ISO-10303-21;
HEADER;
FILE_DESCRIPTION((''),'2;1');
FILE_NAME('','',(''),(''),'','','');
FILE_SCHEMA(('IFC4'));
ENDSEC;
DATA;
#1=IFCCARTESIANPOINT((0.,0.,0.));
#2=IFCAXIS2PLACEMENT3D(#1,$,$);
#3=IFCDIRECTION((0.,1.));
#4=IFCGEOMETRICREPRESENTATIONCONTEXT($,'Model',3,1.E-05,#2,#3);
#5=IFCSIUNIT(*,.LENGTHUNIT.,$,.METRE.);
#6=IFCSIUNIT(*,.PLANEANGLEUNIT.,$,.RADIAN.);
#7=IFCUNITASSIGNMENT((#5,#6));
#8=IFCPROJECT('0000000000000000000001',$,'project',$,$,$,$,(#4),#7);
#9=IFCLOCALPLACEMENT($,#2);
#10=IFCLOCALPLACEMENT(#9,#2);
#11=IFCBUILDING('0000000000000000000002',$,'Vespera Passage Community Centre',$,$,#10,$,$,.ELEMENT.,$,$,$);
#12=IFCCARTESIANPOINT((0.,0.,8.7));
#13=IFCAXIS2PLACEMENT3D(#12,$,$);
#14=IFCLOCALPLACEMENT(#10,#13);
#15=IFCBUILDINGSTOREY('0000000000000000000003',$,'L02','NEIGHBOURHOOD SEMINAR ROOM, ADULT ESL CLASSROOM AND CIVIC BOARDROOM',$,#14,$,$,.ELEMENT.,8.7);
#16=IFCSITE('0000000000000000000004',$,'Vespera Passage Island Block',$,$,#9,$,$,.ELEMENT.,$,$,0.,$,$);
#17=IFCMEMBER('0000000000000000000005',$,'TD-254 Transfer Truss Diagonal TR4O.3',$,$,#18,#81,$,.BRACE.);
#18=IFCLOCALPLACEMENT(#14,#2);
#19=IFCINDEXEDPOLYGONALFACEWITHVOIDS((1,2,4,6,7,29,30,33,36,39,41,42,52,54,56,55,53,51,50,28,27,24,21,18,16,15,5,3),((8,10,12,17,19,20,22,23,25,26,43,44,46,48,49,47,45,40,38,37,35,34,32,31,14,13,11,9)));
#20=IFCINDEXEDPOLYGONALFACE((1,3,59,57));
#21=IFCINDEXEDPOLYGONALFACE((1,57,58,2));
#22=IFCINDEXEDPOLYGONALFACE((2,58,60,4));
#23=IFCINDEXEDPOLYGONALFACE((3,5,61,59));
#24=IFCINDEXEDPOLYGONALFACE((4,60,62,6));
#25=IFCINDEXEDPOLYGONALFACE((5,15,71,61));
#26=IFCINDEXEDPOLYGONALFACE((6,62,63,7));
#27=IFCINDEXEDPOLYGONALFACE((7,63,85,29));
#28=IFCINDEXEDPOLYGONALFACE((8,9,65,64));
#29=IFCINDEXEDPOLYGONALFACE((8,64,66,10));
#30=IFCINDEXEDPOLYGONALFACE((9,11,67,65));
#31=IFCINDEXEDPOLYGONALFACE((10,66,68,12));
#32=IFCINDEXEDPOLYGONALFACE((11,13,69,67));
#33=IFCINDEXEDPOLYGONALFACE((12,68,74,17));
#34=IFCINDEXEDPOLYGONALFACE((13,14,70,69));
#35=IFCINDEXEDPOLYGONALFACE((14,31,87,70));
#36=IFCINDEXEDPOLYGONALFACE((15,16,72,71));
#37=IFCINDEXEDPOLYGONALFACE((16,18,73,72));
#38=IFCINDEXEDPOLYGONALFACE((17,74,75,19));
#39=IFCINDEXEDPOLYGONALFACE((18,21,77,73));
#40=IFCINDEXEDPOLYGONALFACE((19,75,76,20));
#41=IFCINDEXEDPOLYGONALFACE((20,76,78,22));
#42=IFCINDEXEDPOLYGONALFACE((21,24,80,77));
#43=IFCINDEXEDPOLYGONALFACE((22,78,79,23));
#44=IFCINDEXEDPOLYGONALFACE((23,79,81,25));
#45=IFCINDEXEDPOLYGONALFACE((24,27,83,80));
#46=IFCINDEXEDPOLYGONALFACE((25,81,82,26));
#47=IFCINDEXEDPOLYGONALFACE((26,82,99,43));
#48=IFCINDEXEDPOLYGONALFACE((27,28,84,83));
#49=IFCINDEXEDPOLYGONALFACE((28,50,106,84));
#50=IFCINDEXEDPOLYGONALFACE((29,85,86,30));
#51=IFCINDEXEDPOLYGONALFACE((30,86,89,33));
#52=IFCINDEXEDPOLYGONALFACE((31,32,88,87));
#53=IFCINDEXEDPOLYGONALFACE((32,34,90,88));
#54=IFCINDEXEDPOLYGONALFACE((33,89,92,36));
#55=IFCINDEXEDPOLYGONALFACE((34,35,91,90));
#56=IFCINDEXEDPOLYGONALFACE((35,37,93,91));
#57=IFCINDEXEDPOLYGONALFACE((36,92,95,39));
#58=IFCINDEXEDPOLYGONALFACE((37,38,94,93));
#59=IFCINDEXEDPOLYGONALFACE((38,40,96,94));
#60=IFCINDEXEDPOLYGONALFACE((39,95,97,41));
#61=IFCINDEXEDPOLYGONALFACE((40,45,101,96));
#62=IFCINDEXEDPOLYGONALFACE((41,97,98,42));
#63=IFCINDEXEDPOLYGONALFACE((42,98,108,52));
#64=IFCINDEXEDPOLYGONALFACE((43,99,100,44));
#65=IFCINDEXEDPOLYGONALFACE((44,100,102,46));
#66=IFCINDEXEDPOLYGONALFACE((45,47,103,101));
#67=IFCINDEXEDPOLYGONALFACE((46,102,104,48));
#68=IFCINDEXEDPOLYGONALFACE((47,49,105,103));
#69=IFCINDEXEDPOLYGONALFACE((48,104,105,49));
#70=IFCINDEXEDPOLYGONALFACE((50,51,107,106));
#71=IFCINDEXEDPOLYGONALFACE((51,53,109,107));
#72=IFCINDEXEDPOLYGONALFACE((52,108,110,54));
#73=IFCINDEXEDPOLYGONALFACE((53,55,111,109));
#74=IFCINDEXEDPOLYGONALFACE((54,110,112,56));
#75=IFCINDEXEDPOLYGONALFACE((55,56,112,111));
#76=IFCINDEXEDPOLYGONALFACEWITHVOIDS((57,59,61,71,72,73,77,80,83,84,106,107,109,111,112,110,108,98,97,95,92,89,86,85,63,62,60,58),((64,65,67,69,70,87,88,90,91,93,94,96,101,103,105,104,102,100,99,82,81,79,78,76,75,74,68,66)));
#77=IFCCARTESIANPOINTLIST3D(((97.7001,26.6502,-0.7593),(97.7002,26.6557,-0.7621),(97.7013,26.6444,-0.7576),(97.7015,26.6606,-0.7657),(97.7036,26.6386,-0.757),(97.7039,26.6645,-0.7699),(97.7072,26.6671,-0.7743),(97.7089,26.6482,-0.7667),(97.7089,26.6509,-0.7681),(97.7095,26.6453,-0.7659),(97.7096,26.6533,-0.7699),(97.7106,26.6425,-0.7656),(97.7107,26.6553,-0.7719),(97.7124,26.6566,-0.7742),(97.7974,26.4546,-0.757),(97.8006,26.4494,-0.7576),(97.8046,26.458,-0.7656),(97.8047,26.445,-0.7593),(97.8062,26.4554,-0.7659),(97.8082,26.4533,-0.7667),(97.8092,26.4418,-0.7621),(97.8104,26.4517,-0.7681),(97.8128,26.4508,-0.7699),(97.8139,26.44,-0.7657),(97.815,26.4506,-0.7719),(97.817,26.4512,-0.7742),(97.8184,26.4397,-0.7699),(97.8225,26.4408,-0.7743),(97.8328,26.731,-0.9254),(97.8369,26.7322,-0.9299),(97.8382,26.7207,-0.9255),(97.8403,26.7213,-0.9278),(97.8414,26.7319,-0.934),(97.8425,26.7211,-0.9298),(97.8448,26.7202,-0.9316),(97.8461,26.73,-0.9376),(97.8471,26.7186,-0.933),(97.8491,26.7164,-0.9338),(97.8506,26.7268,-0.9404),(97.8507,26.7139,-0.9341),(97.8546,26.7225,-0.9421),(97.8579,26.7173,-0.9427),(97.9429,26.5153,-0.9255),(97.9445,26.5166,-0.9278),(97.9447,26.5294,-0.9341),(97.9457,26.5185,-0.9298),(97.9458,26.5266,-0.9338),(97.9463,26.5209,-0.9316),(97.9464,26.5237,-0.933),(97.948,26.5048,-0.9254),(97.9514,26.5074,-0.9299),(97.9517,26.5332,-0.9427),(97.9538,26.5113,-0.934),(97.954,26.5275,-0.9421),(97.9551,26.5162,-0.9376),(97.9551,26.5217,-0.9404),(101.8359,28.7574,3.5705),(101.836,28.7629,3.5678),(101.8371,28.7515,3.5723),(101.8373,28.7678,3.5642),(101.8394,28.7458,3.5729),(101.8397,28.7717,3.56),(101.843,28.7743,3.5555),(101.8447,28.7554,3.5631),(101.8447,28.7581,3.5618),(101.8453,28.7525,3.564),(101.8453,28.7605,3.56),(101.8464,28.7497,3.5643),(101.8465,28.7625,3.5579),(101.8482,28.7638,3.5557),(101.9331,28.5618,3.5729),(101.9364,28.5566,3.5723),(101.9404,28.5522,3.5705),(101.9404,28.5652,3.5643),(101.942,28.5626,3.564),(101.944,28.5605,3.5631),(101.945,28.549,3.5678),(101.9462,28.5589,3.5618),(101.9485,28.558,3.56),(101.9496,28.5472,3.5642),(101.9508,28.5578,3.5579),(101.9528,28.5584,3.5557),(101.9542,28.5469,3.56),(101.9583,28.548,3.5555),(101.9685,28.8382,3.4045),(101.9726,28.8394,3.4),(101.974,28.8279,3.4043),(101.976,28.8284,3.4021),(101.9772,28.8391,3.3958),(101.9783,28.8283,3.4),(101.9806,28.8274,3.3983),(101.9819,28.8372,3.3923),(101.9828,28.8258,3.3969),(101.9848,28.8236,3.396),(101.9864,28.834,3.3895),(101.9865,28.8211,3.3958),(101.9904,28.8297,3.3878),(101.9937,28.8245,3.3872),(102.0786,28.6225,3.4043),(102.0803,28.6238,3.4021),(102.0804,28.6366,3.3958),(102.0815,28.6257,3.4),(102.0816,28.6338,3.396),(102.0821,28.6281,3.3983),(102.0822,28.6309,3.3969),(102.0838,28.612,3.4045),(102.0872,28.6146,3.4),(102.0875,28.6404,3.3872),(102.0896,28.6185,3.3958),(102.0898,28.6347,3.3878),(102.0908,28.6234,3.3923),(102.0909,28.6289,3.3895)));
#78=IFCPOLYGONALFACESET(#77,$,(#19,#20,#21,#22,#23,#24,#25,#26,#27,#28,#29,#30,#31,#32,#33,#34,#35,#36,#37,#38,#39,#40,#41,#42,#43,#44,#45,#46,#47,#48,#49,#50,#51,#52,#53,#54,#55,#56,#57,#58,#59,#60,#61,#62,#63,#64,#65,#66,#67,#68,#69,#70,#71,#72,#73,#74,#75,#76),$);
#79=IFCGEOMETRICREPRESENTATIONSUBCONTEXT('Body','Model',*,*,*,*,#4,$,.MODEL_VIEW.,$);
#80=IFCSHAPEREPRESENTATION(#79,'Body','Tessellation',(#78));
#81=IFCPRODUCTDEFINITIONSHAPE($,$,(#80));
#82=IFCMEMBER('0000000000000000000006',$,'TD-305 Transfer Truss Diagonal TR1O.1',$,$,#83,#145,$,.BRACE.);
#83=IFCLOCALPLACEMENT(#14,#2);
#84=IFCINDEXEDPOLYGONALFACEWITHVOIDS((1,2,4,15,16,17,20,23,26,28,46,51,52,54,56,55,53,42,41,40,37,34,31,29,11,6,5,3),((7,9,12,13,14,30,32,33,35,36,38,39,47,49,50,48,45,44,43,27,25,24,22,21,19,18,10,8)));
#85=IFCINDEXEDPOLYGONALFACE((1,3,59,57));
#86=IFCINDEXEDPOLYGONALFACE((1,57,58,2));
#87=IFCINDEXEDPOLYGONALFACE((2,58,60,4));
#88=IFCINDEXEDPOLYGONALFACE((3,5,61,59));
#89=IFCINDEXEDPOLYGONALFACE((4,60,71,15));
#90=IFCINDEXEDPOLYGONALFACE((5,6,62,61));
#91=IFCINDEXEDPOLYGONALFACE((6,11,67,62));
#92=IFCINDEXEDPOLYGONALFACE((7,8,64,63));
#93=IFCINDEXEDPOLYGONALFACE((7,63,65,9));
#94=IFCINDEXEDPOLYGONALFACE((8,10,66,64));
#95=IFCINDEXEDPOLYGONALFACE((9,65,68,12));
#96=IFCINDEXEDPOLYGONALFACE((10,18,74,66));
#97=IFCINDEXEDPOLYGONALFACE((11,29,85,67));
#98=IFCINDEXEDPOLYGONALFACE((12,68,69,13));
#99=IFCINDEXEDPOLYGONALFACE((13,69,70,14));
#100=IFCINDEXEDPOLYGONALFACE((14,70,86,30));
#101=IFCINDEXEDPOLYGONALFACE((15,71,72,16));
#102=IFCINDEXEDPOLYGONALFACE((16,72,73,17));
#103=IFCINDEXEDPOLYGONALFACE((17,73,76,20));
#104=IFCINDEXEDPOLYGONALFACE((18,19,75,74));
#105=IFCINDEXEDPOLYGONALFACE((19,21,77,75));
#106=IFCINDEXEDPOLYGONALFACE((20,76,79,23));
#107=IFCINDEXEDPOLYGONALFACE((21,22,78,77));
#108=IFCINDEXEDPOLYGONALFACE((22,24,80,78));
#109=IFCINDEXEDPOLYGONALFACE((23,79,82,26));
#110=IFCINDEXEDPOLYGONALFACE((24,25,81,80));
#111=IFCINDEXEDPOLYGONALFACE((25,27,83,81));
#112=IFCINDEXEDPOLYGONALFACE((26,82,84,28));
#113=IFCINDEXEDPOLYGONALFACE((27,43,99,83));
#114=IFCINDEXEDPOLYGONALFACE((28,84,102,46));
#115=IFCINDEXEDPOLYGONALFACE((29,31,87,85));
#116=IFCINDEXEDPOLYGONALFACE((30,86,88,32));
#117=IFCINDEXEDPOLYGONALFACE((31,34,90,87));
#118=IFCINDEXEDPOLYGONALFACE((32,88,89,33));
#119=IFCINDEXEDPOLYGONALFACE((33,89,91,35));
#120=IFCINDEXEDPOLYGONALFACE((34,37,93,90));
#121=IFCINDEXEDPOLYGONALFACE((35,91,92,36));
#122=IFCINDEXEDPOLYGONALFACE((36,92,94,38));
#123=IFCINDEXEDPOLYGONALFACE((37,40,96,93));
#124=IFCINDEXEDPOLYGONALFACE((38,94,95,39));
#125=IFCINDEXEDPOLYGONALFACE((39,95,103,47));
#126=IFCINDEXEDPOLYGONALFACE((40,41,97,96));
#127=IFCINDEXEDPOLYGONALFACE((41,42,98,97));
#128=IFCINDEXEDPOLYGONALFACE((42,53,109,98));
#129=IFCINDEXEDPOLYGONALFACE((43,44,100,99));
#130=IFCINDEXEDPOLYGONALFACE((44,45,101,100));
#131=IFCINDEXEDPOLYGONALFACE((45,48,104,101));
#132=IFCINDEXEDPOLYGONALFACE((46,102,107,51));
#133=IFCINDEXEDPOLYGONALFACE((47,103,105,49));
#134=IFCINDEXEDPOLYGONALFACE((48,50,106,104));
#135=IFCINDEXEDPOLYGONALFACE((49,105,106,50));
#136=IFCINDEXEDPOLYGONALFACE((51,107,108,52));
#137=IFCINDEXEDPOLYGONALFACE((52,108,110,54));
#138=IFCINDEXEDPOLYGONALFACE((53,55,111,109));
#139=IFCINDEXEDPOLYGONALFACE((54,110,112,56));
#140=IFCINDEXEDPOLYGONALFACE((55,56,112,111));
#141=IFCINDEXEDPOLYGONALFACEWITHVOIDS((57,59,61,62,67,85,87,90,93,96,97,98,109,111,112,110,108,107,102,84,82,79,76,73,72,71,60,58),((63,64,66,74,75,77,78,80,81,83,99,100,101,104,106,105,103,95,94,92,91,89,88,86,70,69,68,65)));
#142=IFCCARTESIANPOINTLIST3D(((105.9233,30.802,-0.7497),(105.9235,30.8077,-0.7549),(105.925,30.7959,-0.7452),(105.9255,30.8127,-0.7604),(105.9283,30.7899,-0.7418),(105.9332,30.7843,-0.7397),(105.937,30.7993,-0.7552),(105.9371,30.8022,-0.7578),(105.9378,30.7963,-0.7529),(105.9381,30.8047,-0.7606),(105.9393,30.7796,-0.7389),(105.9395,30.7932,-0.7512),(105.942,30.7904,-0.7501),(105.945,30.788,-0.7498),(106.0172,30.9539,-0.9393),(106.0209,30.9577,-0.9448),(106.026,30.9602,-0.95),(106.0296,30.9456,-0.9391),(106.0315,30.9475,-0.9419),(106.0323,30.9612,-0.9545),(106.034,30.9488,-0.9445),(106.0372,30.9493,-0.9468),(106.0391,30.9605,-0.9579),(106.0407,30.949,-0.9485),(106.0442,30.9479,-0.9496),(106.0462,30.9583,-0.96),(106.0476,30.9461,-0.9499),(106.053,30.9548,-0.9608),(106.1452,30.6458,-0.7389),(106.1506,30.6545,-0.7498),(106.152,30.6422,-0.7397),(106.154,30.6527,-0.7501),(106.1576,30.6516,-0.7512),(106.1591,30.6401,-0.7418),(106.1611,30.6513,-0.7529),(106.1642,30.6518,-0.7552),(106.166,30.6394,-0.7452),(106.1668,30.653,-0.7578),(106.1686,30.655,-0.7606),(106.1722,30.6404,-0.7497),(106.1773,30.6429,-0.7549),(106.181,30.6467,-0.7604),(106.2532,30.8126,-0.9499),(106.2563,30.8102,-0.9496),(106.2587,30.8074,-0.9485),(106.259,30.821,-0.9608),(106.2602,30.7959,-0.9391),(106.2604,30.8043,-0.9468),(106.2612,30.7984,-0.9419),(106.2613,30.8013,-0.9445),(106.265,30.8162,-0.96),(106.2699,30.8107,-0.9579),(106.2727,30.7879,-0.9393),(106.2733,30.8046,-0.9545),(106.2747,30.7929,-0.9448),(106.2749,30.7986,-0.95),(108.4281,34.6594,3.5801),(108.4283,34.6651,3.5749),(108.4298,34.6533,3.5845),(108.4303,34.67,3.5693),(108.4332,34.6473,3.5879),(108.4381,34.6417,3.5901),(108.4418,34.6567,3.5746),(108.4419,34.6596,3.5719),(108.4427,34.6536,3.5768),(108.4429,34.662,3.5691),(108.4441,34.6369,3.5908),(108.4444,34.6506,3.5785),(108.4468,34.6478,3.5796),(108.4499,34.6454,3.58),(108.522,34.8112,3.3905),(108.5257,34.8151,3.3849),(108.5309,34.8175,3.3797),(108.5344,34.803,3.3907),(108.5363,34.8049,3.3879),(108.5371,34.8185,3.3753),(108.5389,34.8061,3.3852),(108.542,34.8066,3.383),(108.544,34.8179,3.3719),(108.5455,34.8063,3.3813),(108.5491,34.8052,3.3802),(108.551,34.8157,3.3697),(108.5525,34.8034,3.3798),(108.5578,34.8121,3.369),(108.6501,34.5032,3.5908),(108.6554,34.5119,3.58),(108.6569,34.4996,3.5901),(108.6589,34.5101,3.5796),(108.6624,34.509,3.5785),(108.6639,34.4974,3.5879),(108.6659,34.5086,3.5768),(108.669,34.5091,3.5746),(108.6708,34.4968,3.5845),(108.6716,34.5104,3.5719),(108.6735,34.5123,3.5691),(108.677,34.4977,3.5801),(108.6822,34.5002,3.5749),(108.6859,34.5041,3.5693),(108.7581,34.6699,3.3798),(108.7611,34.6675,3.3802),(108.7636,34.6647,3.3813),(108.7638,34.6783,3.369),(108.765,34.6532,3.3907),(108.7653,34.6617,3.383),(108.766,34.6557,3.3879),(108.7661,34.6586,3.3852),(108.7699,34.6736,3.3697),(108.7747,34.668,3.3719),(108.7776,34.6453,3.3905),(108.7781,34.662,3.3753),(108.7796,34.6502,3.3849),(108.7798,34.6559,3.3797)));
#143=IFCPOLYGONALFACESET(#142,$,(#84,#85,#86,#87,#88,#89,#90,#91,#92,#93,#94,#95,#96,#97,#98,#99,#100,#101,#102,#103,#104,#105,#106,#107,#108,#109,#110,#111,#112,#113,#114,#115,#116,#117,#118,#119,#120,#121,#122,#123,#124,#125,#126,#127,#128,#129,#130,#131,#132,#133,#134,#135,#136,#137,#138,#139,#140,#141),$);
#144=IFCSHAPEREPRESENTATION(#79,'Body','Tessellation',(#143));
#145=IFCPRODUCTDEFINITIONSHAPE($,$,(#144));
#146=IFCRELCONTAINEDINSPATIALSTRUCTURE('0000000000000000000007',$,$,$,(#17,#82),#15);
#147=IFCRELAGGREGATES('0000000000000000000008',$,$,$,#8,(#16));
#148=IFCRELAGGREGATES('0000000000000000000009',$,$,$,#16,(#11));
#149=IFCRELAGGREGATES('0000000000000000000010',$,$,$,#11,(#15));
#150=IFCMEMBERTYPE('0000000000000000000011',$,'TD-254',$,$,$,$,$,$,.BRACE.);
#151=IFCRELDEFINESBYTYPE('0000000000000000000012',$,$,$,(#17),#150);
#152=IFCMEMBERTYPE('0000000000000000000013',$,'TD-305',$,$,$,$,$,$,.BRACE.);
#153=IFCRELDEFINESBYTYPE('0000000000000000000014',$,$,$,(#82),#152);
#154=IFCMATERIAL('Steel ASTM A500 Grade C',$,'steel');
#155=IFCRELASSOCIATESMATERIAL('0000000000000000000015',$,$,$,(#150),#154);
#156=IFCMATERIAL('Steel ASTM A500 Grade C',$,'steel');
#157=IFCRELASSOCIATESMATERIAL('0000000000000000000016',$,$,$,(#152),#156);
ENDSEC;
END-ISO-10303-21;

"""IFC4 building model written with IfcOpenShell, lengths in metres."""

from ifc_helpers import new_model, si_unit, direction, frame, origin, origin_2d, place, context, subcontext, project, spatial, hollow_rectangle, extrude, material, material_profile, profile_set, type_object, element, save


model = new_model("IFC4")

# Units and contexts
model_context = context("Model", 3, precision=1e-05, world=origin(), true_north=direction((0.0, 1.0)))
body_context = subcontext(model_context, "Body", "Model", "MODEL_VIEW")
ifc_project = project(units=[si_unit("LENGTHUNIT", "METRE"), si_unit("PLANEANGLEUNIT", "RADIAN")], contexts=[model_context])

# Site, building, storey
site_placement = place(None, origin())
site = spatial("IfcSite", under=ifc_project, at=site_placement, Name="Vespera Passage Island Block", CompositionType="ELEMENT", RefElevation=0.0)
building_placement = place(site_placement, origin())
building = spatial("IfcBuilding", under=site, at=building_placement, Name="Vespera Passage Community Centre", CompositionType="ELEMENT")
storey_placement = place(building_placement, frame((0.0, 0.0, 8.7)))
storey = spatial("IfcBuildingStorey", under=building, at=storey_placement, Name="L02", Description="NEIGHBOURHOOD SEMINAR ROOM, ADULT ESL CLASSROOM AND CIVIC BOARDROOM", CompositionType="ELEMENT", Elevation=8.7)

# Members
ifc_material_1 = material(Name="Steel ASTM A500 Grade C", Category="steel")
ifc_material_profile_1 = material_profile(ifc_material_1, hollow_rectangle(XDim=0.2539, YDim=0.2539, WallThickness=0.0117, InnerFilletRadius=0.0117, OuterFilletRadius=0.0237, at=origin_2d()), Name="HSS254X254X12.7")
ifc_profile_set_1 = profile_set([ifc_material_profile_1], Name="Steel ASTM A500 Grade C")
member_type_1 = type_object("IfcMemberType", Name="TD-254", PredefinedType="BRACE", material=ifc_profile_set_1)
member_1_placement = place(storey_placement, frame((97.8276, 26.5859, -0.8499), z_axis=(0.651544, 0.331964, 0.682121), x_axis=(-0.453975, 0.891014, 0.0)))
element("IfcMember", 1, at=member_1_placement, inside=storey, type_object=member_type_1, Name="TD-254 Transfer Truss Diagonal TR4O.3", PredefinedType="BRACE", context=body_context, shape_type="SweptSolid", body=[
    extrude(hollow_rectangle(XDim=0.2539, YDim=0.2539, WallThickness=0.0117, InnerFilletRadius=0.0117, OuterFilletRadius=0.0237, at=origin_2d()), origin(), (0.0, 0.0, 1.0), 6.3477),
])
ifc_material_2 = material(Name="Steel ASTM A500 Grade C", Category="steel")
ifc_material_profile_2 = material_profile(ifc_material_2, hollow_rectangle(XDim=0.3047, YDim=0.3047, WallThickness=0.0149, InnerFilletRadius=0.0149, OuterFilletRadius=0.0295, at=origin_2d()), Name="HSS305X305X15.9")
ifc_profile_set_2 = profile_set([ifc_material_profile_2], Name="Steel ASTM A500 Grade C")
member_type_2 = type_object("IfcMemberType", Name="TD-305", PredefinedType="BRACE", material=ifc_profile_set_2)
member_2_placement = place(storey_placement, frame((106.0991, 30.8003, -0.8499), z_axis=(0.396545, 0.610664, 0.68545), x_axis=(-0.838686, 0.544615, 0.0)))
element("IfcMember", 2, at=member_2_placement, inside=storey, type_object=member_type_2, Name="TD-305 Transfer Truss Diagonal TR1O.1", PredefinedType="BRACE", context=body_context, shape_type="SweptSolid", body=[
    extrude(hollow_rectangle(XDim=0.3047, YDim=0.3047, WallThickness=0.0149, InnerFilletRadius=0.0149, OuterFilletRadius=0.0295, at=origin_2d()), origin(), (0.0, 0.0, 1.0), 6.3167),
])

save(model, "model.ifc")
